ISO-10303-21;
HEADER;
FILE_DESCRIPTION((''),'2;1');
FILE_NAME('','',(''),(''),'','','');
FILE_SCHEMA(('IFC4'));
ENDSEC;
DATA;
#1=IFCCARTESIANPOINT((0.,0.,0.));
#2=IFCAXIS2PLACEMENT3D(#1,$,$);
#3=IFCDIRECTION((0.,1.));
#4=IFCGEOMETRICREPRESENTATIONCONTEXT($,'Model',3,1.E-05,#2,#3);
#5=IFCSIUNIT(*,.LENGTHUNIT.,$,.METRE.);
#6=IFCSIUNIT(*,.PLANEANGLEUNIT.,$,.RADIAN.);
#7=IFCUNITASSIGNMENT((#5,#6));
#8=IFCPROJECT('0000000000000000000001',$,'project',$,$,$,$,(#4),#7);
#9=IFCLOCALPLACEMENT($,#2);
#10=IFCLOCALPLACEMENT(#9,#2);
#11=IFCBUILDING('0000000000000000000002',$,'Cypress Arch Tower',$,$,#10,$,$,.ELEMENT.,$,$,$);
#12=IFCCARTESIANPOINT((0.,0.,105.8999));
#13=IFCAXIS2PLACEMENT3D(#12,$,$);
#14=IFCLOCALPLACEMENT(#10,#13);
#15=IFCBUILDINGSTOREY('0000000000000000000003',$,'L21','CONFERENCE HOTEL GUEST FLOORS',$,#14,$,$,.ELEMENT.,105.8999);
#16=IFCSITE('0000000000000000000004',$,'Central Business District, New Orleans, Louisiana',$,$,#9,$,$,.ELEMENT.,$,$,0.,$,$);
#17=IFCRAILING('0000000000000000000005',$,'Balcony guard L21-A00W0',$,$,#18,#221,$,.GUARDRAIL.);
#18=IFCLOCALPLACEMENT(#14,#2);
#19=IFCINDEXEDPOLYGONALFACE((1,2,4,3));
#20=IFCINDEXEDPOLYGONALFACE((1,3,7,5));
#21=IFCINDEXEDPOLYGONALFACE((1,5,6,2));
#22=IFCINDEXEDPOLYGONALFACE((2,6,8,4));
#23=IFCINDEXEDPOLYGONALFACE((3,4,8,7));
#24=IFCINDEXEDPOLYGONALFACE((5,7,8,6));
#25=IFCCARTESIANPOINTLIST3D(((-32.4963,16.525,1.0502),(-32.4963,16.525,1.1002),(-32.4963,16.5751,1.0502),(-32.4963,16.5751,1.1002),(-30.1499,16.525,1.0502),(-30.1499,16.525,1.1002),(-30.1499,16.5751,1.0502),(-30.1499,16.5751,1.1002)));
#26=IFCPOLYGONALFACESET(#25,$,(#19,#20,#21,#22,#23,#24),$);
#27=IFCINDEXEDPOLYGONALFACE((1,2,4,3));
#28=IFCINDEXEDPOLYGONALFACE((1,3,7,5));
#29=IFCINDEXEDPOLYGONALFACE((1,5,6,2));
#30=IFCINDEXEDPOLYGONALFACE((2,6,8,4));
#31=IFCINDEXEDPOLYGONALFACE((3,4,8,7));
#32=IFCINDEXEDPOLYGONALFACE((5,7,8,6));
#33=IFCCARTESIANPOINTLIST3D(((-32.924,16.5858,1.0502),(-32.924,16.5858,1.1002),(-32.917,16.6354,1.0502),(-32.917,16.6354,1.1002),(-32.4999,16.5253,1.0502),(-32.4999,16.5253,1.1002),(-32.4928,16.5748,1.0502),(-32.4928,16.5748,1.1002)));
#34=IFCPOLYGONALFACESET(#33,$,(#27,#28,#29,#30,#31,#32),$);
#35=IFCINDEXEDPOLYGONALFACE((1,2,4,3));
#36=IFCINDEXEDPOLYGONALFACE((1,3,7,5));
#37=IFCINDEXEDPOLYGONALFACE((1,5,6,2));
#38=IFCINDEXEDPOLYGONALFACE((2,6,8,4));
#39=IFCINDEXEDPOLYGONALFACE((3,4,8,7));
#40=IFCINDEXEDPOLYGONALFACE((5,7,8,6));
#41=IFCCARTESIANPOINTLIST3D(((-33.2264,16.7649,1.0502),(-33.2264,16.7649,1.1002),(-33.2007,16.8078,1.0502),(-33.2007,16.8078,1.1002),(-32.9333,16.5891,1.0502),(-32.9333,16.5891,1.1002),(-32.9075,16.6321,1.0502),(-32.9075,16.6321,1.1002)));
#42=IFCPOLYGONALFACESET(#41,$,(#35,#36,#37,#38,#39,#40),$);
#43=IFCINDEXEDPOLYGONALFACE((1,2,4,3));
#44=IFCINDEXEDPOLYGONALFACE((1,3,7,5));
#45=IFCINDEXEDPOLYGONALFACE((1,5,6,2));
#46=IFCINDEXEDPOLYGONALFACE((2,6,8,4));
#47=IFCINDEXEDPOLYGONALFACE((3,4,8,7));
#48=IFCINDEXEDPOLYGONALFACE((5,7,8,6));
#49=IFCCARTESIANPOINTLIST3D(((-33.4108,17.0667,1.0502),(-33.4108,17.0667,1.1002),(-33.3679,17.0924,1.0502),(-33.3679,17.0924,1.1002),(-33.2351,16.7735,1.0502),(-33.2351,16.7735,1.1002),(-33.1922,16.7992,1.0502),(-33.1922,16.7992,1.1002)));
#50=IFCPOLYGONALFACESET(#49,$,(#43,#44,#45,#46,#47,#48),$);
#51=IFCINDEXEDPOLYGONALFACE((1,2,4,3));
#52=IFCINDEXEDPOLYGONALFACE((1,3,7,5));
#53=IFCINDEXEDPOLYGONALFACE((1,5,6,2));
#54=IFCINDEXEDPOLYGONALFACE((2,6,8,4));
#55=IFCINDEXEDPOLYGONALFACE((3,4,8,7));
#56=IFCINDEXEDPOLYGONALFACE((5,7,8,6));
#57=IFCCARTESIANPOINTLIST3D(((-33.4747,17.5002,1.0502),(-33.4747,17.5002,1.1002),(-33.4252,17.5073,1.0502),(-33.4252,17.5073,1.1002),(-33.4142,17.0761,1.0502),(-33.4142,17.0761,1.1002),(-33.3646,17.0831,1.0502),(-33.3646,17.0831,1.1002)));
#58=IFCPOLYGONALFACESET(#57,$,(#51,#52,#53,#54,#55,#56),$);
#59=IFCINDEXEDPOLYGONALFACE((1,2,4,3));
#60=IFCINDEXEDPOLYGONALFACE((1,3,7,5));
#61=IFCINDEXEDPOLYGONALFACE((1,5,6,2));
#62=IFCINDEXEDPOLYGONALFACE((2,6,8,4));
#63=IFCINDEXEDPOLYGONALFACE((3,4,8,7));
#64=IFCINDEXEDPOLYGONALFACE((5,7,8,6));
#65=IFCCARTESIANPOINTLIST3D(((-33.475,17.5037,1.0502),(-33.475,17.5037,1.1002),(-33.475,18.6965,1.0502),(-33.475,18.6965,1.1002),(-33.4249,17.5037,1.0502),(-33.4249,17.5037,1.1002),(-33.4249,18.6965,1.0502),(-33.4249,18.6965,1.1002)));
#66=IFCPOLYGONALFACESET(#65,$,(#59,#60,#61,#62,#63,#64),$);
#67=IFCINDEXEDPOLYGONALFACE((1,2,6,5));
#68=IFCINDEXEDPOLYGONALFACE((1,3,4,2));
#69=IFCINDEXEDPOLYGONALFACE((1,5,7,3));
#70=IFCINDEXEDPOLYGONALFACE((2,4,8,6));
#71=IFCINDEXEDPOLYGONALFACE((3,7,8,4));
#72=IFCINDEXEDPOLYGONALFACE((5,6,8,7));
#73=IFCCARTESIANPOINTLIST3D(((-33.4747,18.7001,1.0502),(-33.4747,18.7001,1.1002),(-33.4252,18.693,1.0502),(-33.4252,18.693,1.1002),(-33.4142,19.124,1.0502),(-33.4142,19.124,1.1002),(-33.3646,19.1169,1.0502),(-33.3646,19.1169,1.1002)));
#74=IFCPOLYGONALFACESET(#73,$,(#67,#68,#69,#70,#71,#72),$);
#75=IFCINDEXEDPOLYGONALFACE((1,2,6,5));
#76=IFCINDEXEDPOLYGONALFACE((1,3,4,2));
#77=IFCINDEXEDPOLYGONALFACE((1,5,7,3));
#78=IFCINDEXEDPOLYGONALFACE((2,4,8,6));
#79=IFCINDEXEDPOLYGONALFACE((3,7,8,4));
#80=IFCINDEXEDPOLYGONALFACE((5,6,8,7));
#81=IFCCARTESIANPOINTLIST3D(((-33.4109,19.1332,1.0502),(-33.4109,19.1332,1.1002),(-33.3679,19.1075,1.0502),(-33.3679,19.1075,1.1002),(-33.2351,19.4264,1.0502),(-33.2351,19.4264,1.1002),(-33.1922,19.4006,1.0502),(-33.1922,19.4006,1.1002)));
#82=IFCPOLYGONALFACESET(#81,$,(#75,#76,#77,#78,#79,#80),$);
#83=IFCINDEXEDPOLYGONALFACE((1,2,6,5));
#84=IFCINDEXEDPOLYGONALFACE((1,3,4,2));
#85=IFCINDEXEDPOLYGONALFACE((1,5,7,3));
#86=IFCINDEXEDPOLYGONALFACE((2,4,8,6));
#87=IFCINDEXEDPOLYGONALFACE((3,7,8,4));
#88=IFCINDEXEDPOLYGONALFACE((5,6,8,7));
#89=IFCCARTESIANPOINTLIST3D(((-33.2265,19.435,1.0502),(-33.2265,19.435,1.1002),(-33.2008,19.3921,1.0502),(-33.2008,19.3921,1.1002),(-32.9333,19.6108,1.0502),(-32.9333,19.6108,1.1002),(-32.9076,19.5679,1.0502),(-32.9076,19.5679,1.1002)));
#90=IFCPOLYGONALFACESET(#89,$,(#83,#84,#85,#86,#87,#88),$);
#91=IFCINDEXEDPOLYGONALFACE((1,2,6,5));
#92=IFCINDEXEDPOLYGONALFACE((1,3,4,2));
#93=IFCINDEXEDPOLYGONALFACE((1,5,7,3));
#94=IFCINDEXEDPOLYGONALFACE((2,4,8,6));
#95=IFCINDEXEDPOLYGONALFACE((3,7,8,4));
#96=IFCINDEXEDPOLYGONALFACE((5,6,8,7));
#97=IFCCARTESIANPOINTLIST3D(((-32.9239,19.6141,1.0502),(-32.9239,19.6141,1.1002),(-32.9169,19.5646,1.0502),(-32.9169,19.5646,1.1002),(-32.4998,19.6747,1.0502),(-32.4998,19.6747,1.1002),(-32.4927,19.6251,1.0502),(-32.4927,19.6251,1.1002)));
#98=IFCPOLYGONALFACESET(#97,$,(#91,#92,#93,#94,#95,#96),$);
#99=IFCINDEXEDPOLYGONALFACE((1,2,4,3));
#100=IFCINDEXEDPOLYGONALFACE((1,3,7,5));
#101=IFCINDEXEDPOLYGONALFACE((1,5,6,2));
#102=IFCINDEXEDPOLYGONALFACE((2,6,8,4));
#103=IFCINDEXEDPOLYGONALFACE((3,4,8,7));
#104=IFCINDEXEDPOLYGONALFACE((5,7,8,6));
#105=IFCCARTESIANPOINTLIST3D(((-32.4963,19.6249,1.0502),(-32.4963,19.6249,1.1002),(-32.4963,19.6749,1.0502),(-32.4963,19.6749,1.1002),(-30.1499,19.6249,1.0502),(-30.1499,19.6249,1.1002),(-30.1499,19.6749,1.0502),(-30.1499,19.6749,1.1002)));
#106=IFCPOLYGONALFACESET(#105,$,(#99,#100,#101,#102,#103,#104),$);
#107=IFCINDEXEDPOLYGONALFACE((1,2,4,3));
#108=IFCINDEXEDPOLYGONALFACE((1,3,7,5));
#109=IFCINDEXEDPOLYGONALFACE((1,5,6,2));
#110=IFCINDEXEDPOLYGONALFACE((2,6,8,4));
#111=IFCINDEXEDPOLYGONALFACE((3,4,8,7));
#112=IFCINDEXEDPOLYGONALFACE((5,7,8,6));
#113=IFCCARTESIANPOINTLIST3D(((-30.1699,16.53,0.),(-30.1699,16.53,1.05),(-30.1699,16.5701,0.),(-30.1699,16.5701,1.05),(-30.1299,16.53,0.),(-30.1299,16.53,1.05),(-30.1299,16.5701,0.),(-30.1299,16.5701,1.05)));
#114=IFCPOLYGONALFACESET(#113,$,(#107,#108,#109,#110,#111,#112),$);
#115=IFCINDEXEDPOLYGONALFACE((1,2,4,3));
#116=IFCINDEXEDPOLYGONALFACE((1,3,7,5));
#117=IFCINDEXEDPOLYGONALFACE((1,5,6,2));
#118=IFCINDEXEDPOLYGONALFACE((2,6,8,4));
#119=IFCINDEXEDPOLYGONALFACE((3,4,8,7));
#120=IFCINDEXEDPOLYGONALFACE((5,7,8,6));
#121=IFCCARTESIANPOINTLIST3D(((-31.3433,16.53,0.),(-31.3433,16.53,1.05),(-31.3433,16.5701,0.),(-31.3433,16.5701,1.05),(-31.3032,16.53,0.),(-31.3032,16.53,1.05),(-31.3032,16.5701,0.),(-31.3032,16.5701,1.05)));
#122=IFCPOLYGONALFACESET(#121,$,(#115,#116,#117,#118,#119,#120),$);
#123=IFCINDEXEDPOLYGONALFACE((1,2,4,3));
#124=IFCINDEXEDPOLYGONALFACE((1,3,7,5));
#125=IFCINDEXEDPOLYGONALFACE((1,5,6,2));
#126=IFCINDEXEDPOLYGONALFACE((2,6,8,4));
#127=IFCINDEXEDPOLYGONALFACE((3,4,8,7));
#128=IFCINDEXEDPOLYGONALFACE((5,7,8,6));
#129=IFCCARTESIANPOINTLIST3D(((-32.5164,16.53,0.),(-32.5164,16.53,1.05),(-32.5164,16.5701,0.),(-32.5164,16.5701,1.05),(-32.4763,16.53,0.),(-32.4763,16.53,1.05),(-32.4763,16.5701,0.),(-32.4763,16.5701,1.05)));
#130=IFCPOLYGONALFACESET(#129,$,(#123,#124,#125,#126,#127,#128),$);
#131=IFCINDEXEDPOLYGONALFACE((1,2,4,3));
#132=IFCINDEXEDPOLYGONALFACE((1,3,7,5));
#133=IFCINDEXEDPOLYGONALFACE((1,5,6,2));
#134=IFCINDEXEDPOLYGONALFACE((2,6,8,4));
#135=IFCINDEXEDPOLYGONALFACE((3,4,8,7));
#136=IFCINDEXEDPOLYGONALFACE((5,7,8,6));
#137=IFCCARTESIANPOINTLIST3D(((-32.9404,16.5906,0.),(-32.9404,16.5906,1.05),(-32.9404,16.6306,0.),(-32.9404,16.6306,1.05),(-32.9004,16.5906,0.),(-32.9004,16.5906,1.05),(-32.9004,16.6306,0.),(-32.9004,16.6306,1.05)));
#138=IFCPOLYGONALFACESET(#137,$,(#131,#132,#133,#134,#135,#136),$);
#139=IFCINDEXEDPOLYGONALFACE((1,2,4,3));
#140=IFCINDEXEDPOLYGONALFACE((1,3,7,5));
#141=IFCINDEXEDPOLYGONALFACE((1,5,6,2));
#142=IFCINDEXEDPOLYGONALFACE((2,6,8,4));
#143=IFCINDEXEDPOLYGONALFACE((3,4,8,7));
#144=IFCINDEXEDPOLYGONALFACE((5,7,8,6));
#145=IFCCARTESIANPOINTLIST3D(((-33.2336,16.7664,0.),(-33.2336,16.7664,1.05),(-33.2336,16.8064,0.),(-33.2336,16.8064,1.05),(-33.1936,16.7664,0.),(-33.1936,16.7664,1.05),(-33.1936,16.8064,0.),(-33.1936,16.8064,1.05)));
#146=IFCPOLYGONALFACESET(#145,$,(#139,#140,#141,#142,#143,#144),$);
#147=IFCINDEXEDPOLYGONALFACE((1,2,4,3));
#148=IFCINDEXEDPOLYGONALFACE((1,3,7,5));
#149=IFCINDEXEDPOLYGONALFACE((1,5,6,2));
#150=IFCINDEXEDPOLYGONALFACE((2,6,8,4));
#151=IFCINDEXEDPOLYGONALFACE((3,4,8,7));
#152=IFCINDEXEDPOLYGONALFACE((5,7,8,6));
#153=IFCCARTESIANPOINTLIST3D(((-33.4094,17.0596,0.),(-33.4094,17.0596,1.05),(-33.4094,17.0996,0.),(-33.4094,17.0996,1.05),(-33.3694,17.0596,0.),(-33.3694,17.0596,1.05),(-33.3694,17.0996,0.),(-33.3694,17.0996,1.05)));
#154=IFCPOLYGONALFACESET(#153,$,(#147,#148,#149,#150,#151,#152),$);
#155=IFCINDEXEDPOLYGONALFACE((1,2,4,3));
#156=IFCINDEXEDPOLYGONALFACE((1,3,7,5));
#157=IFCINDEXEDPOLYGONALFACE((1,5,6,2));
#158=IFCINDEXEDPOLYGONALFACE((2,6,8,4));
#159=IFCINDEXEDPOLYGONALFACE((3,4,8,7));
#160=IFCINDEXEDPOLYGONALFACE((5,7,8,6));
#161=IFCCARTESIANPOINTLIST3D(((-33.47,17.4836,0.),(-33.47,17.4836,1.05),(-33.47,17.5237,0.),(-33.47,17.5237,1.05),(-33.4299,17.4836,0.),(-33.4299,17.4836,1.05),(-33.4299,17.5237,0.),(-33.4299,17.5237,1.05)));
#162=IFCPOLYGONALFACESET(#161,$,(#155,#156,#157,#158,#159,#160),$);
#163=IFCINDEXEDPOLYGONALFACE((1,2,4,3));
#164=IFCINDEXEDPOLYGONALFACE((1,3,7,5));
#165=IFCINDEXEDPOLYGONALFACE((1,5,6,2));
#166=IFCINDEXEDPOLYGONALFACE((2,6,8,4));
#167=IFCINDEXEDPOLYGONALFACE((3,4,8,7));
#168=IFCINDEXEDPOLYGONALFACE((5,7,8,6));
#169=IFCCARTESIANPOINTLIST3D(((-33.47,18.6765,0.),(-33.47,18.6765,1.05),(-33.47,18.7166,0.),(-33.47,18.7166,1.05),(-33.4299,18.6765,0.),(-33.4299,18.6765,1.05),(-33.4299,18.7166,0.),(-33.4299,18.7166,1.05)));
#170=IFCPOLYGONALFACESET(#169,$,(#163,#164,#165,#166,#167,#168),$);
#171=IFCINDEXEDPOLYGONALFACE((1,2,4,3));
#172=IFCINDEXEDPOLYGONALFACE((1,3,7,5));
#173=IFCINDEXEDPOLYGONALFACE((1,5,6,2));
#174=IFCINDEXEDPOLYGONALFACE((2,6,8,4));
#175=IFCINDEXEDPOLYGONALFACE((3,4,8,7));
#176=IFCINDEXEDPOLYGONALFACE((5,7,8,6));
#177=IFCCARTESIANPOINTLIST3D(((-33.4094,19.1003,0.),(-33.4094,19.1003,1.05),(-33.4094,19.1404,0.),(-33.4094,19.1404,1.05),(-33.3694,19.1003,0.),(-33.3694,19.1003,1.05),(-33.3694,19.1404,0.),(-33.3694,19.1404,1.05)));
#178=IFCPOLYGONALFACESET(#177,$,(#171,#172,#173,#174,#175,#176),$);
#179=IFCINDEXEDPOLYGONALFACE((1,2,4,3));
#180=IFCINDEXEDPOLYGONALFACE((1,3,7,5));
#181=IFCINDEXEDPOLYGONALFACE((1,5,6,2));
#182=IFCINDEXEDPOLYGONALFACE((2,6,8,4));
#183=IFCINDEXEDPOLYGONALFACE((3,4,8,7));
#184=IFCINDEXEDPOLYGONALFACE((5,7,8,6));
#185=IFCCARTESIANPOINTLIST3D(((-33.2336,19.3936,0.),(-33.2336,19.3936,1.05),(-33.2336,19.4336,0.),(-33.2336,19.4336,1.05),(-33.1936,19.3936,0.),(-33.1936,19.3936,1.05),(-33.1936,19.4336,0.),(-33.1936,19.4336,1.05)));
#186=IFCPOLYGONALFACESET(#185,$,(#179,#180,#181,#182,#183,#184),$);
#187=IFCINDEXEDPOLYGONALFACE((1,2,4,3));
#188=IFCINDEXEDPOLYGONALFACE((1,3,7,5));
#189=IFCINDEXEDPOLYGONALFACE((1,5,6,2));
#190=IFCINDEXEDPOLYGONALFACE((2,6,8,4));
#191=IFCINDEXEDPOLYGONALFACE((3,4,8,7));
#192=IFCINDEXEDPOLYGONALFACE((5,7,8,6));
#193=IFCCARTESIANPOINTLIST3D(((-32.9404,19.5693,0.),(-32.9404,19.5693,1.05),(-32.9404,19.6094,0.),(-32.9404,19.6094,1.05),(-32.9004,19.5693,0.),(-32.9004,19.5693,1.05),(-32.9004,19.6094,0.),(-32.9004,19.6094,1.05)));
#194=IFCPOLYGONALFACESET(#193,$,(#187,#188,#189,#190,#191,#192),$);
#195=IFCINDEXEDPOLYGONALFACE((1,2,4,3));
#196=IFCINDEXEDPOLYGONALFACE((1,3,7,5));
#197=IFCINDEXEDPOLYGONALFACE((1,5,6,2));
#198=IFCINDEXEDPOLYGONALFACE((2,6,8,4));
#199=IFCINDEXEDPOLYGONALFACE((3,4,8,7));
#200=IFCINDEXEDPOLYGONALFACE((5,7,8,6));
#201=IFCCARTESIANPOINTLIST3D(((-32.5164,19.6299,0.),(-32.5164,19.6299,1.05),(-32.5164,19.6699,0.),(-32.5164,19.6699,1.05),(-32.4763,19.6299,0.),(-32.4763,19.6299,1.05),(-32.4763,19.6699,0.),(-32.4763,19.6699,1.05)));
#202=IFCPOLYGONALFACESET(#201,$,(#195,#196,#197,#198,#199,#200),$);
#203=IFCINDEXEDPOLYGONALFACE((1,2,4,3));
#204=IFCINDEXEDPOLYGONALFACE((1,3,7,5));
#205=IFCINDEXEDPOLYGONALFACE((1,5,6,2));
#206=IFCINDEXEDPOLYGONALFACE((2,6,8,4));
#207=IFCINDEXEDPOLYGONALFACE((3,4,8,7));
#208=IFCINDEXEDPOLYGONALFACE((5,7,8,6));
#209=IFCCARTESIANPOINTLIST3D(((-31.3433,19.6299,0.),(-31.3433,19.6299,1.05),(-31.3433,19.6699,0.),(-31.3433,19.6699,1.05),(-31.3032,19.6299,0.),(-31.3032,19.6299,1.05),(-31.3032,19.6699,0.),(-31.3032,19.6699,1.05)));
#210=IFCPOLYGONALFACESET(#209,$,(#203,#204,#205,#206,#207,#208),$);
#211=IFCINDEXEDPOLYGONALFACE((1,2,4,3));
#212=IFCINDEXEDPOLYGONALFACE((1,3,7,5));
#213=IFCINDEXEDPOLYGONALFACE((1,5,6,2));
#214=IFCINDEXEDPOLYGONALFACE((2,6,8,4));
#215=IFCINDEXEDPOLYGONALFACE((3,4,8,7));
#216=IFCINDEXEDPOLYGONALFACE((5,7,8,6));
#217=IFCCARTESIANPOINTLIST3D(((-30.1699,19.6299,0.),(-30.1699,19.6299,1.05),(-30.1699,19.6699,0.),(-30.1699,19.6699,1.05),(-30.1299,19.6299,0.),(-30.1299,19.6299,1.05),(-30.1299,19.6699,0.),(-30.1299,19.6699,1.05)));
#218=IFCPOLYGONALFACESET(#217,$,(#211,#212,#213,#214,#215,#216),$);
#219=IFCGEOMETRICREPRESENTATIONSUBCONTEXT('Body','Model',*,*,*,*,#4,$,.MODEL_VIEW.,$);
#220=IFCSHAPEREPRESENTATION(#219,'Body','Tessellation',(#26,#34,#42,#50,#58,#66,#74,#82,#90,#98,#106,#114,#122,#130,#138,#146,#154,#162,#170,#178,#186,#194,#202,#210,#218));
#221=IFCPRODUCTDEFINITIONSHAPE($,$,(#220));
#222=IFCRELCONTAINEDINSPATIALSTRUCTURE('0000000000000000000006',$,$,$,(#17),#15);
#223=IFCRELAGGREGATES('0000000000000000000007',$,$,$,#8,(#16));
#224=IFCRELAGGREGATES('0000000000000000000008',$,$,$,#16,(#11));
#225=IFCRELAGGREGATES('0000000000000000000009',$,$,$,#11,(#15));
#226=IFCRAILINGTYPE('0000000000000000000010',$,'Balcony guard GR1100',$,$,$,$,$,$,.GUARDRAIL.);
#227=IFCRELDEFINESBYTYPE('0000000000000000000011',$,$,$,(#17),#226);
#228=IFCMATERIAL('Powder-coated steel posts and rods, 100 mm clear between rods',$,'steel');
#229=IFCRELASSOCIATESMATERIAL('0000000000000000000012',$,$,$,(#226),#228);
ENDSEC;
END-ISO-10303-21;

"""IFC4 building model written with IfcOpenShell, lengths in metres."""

from ifc_helpers import new_model, si_unit, direction, frame, origin, origin_2d, place, context, subcontext, project, spatial, rectangle, extrude, material, type_object, element, save


model = new_model("IFC4")

# Units and contexts
model_context = context("Model", 3, precision=1e-05, world=origin(), true_north=direction((0.0, 1.0)))
body_context = subcontext(model_context, "Body", "Model", "MODEL_VIEW")
ifc_project = project(units=[si_unit("LENGTHUNIT", "METRE"), si_unit("PLANEANGLEUNIT", "RADIAN")], contexts=[model_context])

# Site, building, storey
site_placement = place(None, origin())
site = spatial("IfcSite", under=ifc_project, at=site_placement, Name="Central Business District, New Orleans, Louisiana", CompositionType="ELEMENT", RefElevation=0.0)
building_placement = place(site_placement, origin())
building = spatial("IfcBuilding", under=site, at=building_placement, Name="Cypress Arch Tower", CompositionType="ELEMENT")
storey_placement = place(building_placement, frame((0.0, 0.0, 105.8999)))
storey = spatial("IfcBuildingStorey", under=building, at=storey_placement, Name="L21", Description="CONFERENCE HOTEL GUEST FLOORS", CompositionType="ELEMENT", Elevation=105.8999)

# Railing
ifc_material_1 = material(Name="Powder-coated steel posts and rods, 100 mm clear between rods", Category="steel")
railing_type_1 = type_object("IfcRailingType", Name="Balcony guard GR1100", PredefinedType="GUARDRAIL", material=ifc_material_1)
railing_1_placement = place(storey_placement, frame((-30.1499, 16.55, 0.0)))
element("IfcRailing", 1, at=railing_1_placement, inside=storey, type_object=railing_type_1, Name="Balcony guard L21-A00W0", PredefinedType="GUARDRAIL", context=body_context, shape_type="SweptSolid", body=[
    extrude(rectangle(XDim=0.05, YDim=0.05, at=origin_2d()), frame((0.0, 0.0, 1.0752), z_axis=(-1.0, 0.0, 0.0), x_axis=(0.0, -1.0, 0.0)), (0.0, 0.0, 1.0), 2.3464),
    extrude(rectangle(XDim=0.05, YDim=0.05, at=origin_2d()), frame((-2.3464, 0.0, 1.0752), z_axis=(-0.989961, 0.141342, 0.0), x_axis=(-0.141342, -0.989961, 0.0)), (0.0, 0.0, 1.0), 0.4285),
    extrude(rectangle(XDim=0.05, YDim=0.05, at=origin_2d()), frame((-2.7705, 0.0605, 1.0752), z_axis=(-0.857682, 0.514181, 0.0), x_axis=(-0.514181, -0.857682, 0.0)), (0.0, 0.0, 1.0), 0.3418),
    extrude(rectangle(XDim=0.05, YDim=0.05, at=origin_2d()), frame((-3.0637, 0.2363, 1.0752), z_axis=(-0.514181, 0.857682, 0.0), x_axis=(-0.857682, -0.514181, 0.0)), (0.0, 0.0, 1.0), 0.3418),
    extrude(rectangle(XDim=0.05, YDim=0.05, at=origin_2d()), frame((-3.2395, 0.5295, 1.0752), z_axis=(-0.141342, 0.989961, 0.0), x_axis=(-0.989961, -0.141342, 0.0)), (0.0, 0.0, 1.0), 0.4285),
    extrude(rectangle(XDim=0.05, YDim=0.05, at=origin_2d()), frame((-3.3, 0.9536, 1.0752), z_axis=(0.0, 1.0, 0.0), x_axis=(-1.0, 0.0, 0.0)), (0.0, 0.0, 1.0), 1.1929),
    extrude(rectangle(XDim=0.05, YDim=0.05, at=origin_2d()), frame((-3.3, 2.1465, 1.0752), z_axis=(0.141421, 0.989949, 0.0), x_axis=(-0.989949, 0.141421, 0.0)), (0.0, 0.0, 1.0), 0.4282),
    extrude(rectangle(XDim=0.05, YDim=0.05, at=origin_2d()), frame((-3.2395, 2.5703, 1.0752), z_axis=(0.514181, 0.857682, 0.0), x_axis=(-0.857682, 0.514181, 0.0)), (0.0, 0.0, 1.0), 0.3418),
    extrude(rectangle(XDim=0.05, YDim=0.05, at=origin_2d()), frame((-3.0637, 2.8635, 1.0752), z_axis=(0.857682, 0.514181, 0.0), x_axis=(-0.514181, 0.857682, 0.0)), (0.0, 0.0, 1.0), 0.3418),
    extrude(rectangle(XDim=0.05, YDim=0.05, at=origin_2d()), frame((-2.7705, 3.0393, 1.0752), z_axis=(0.989961, 0.141342, 0.0), x_axis=(-0.141342, 0.989961, 0.0)), (0.0, 0.0, 1.0), 0.4285),
    extrude(rectangle(XDim=0.05, YDim=0.05, at=origin_2d()), frame((-2.3464, 3.0999, 1.0752), z_axis=(1.0, 0.0, 0.0), x_axis=(0.0, 1.0, 0.0)), (0.0, 0.0, 1.0), 2.3464),
    extrude(rectangle(XDim=0.04, YDim=0.04, at=origin_2d()), origin(), (0.0, 0.0, 1.0), 1.05),
    extrude(rectangle(XDim=0.04, YDim=0.04, at=origin_2d()), frame((-1.1733, 0.0, 0.0)), (0.0, 0.0, 1.0), 1.05),
    extrude(rectangle(XDim=0.04, YDim=0.04, at=origin_2d()), frame((-2.3464, 0.0, 0.0)), (0.0, 0.0, 1.0), 1.05),
    extrude(rectangle(XDim=0.04, YDim=0.04, at=origin_2d()), frame((-2.7705, 0.0605, 0.0)), (0.0, 0.0, 1.0), 1.05),
    extrude(rectangle(XDim=0.04, YDim=0.04, at=origin_2d()), frame((-3.0637, 0.2363, 0.0)), (0.0, 0.0, 1.0), 1.05),
    extrude(rectangle(XDim=0.04, YDim=0.04, at=origin_2d()), frame((-3.2395, 0.5295, 0.0)), (0.0, 0.0, 1.0), 1.05),
    extrude(rectangle(XDim=0.04, YDim=0.04, at=origin_2d()), frame((-3.3, 0.9536, 0.0)), (0.0, 0.0, 1.0), 1.05),
    extrude(rectangle(XDim=0.04, YDim=0.04, at=origin_2d()), frame((-3.3, 2.1465, 0.0)), (0.0, 0.0, 1.0), 1.05),
    extrude(rectangle(XDim=0.04, YDim=0.04, at=origin_2d()), frame((-3.2395, 2.5703, 0.0)), (0.0, 0.0, 1.0), 1.05),
    extrude(rectangle(XDim=0.04, YDim=0.04, at=origin_2d()), frame((-3.0637, 2.8635, 0.0)), (0.0, 0.0, 1.0), 1.05),
    extrude(rectangle(XDim=0.04, YDim=0.04, at=origin_2d()), frame((-2.7705, 3.0393, 0.0)), (0.0, 0.0, 1.0), 1.05),
    extrude(rectangle(XDim=0.04, YDim=0.04, at=origin_2d()), frame((-2.3464, 3.0999, 0.0)), (0.0, 0.0, 1.0), 1.05),
    extrude(rectangle(XDim=0.04, YDim=0.04, at=origin_2d()), frame((-1.1733, 3.0999, 0.0)), (0.0, 0.0, 1.0), 1.05),
    extrude(rectangle(XDim=0.04, YDim=0.04, at=origin_2d()), frame((0.0, 3.0999, 0.0)), (0.0, 0.0, 1.0), 1.05),
])

save(model, "model.ifc")
